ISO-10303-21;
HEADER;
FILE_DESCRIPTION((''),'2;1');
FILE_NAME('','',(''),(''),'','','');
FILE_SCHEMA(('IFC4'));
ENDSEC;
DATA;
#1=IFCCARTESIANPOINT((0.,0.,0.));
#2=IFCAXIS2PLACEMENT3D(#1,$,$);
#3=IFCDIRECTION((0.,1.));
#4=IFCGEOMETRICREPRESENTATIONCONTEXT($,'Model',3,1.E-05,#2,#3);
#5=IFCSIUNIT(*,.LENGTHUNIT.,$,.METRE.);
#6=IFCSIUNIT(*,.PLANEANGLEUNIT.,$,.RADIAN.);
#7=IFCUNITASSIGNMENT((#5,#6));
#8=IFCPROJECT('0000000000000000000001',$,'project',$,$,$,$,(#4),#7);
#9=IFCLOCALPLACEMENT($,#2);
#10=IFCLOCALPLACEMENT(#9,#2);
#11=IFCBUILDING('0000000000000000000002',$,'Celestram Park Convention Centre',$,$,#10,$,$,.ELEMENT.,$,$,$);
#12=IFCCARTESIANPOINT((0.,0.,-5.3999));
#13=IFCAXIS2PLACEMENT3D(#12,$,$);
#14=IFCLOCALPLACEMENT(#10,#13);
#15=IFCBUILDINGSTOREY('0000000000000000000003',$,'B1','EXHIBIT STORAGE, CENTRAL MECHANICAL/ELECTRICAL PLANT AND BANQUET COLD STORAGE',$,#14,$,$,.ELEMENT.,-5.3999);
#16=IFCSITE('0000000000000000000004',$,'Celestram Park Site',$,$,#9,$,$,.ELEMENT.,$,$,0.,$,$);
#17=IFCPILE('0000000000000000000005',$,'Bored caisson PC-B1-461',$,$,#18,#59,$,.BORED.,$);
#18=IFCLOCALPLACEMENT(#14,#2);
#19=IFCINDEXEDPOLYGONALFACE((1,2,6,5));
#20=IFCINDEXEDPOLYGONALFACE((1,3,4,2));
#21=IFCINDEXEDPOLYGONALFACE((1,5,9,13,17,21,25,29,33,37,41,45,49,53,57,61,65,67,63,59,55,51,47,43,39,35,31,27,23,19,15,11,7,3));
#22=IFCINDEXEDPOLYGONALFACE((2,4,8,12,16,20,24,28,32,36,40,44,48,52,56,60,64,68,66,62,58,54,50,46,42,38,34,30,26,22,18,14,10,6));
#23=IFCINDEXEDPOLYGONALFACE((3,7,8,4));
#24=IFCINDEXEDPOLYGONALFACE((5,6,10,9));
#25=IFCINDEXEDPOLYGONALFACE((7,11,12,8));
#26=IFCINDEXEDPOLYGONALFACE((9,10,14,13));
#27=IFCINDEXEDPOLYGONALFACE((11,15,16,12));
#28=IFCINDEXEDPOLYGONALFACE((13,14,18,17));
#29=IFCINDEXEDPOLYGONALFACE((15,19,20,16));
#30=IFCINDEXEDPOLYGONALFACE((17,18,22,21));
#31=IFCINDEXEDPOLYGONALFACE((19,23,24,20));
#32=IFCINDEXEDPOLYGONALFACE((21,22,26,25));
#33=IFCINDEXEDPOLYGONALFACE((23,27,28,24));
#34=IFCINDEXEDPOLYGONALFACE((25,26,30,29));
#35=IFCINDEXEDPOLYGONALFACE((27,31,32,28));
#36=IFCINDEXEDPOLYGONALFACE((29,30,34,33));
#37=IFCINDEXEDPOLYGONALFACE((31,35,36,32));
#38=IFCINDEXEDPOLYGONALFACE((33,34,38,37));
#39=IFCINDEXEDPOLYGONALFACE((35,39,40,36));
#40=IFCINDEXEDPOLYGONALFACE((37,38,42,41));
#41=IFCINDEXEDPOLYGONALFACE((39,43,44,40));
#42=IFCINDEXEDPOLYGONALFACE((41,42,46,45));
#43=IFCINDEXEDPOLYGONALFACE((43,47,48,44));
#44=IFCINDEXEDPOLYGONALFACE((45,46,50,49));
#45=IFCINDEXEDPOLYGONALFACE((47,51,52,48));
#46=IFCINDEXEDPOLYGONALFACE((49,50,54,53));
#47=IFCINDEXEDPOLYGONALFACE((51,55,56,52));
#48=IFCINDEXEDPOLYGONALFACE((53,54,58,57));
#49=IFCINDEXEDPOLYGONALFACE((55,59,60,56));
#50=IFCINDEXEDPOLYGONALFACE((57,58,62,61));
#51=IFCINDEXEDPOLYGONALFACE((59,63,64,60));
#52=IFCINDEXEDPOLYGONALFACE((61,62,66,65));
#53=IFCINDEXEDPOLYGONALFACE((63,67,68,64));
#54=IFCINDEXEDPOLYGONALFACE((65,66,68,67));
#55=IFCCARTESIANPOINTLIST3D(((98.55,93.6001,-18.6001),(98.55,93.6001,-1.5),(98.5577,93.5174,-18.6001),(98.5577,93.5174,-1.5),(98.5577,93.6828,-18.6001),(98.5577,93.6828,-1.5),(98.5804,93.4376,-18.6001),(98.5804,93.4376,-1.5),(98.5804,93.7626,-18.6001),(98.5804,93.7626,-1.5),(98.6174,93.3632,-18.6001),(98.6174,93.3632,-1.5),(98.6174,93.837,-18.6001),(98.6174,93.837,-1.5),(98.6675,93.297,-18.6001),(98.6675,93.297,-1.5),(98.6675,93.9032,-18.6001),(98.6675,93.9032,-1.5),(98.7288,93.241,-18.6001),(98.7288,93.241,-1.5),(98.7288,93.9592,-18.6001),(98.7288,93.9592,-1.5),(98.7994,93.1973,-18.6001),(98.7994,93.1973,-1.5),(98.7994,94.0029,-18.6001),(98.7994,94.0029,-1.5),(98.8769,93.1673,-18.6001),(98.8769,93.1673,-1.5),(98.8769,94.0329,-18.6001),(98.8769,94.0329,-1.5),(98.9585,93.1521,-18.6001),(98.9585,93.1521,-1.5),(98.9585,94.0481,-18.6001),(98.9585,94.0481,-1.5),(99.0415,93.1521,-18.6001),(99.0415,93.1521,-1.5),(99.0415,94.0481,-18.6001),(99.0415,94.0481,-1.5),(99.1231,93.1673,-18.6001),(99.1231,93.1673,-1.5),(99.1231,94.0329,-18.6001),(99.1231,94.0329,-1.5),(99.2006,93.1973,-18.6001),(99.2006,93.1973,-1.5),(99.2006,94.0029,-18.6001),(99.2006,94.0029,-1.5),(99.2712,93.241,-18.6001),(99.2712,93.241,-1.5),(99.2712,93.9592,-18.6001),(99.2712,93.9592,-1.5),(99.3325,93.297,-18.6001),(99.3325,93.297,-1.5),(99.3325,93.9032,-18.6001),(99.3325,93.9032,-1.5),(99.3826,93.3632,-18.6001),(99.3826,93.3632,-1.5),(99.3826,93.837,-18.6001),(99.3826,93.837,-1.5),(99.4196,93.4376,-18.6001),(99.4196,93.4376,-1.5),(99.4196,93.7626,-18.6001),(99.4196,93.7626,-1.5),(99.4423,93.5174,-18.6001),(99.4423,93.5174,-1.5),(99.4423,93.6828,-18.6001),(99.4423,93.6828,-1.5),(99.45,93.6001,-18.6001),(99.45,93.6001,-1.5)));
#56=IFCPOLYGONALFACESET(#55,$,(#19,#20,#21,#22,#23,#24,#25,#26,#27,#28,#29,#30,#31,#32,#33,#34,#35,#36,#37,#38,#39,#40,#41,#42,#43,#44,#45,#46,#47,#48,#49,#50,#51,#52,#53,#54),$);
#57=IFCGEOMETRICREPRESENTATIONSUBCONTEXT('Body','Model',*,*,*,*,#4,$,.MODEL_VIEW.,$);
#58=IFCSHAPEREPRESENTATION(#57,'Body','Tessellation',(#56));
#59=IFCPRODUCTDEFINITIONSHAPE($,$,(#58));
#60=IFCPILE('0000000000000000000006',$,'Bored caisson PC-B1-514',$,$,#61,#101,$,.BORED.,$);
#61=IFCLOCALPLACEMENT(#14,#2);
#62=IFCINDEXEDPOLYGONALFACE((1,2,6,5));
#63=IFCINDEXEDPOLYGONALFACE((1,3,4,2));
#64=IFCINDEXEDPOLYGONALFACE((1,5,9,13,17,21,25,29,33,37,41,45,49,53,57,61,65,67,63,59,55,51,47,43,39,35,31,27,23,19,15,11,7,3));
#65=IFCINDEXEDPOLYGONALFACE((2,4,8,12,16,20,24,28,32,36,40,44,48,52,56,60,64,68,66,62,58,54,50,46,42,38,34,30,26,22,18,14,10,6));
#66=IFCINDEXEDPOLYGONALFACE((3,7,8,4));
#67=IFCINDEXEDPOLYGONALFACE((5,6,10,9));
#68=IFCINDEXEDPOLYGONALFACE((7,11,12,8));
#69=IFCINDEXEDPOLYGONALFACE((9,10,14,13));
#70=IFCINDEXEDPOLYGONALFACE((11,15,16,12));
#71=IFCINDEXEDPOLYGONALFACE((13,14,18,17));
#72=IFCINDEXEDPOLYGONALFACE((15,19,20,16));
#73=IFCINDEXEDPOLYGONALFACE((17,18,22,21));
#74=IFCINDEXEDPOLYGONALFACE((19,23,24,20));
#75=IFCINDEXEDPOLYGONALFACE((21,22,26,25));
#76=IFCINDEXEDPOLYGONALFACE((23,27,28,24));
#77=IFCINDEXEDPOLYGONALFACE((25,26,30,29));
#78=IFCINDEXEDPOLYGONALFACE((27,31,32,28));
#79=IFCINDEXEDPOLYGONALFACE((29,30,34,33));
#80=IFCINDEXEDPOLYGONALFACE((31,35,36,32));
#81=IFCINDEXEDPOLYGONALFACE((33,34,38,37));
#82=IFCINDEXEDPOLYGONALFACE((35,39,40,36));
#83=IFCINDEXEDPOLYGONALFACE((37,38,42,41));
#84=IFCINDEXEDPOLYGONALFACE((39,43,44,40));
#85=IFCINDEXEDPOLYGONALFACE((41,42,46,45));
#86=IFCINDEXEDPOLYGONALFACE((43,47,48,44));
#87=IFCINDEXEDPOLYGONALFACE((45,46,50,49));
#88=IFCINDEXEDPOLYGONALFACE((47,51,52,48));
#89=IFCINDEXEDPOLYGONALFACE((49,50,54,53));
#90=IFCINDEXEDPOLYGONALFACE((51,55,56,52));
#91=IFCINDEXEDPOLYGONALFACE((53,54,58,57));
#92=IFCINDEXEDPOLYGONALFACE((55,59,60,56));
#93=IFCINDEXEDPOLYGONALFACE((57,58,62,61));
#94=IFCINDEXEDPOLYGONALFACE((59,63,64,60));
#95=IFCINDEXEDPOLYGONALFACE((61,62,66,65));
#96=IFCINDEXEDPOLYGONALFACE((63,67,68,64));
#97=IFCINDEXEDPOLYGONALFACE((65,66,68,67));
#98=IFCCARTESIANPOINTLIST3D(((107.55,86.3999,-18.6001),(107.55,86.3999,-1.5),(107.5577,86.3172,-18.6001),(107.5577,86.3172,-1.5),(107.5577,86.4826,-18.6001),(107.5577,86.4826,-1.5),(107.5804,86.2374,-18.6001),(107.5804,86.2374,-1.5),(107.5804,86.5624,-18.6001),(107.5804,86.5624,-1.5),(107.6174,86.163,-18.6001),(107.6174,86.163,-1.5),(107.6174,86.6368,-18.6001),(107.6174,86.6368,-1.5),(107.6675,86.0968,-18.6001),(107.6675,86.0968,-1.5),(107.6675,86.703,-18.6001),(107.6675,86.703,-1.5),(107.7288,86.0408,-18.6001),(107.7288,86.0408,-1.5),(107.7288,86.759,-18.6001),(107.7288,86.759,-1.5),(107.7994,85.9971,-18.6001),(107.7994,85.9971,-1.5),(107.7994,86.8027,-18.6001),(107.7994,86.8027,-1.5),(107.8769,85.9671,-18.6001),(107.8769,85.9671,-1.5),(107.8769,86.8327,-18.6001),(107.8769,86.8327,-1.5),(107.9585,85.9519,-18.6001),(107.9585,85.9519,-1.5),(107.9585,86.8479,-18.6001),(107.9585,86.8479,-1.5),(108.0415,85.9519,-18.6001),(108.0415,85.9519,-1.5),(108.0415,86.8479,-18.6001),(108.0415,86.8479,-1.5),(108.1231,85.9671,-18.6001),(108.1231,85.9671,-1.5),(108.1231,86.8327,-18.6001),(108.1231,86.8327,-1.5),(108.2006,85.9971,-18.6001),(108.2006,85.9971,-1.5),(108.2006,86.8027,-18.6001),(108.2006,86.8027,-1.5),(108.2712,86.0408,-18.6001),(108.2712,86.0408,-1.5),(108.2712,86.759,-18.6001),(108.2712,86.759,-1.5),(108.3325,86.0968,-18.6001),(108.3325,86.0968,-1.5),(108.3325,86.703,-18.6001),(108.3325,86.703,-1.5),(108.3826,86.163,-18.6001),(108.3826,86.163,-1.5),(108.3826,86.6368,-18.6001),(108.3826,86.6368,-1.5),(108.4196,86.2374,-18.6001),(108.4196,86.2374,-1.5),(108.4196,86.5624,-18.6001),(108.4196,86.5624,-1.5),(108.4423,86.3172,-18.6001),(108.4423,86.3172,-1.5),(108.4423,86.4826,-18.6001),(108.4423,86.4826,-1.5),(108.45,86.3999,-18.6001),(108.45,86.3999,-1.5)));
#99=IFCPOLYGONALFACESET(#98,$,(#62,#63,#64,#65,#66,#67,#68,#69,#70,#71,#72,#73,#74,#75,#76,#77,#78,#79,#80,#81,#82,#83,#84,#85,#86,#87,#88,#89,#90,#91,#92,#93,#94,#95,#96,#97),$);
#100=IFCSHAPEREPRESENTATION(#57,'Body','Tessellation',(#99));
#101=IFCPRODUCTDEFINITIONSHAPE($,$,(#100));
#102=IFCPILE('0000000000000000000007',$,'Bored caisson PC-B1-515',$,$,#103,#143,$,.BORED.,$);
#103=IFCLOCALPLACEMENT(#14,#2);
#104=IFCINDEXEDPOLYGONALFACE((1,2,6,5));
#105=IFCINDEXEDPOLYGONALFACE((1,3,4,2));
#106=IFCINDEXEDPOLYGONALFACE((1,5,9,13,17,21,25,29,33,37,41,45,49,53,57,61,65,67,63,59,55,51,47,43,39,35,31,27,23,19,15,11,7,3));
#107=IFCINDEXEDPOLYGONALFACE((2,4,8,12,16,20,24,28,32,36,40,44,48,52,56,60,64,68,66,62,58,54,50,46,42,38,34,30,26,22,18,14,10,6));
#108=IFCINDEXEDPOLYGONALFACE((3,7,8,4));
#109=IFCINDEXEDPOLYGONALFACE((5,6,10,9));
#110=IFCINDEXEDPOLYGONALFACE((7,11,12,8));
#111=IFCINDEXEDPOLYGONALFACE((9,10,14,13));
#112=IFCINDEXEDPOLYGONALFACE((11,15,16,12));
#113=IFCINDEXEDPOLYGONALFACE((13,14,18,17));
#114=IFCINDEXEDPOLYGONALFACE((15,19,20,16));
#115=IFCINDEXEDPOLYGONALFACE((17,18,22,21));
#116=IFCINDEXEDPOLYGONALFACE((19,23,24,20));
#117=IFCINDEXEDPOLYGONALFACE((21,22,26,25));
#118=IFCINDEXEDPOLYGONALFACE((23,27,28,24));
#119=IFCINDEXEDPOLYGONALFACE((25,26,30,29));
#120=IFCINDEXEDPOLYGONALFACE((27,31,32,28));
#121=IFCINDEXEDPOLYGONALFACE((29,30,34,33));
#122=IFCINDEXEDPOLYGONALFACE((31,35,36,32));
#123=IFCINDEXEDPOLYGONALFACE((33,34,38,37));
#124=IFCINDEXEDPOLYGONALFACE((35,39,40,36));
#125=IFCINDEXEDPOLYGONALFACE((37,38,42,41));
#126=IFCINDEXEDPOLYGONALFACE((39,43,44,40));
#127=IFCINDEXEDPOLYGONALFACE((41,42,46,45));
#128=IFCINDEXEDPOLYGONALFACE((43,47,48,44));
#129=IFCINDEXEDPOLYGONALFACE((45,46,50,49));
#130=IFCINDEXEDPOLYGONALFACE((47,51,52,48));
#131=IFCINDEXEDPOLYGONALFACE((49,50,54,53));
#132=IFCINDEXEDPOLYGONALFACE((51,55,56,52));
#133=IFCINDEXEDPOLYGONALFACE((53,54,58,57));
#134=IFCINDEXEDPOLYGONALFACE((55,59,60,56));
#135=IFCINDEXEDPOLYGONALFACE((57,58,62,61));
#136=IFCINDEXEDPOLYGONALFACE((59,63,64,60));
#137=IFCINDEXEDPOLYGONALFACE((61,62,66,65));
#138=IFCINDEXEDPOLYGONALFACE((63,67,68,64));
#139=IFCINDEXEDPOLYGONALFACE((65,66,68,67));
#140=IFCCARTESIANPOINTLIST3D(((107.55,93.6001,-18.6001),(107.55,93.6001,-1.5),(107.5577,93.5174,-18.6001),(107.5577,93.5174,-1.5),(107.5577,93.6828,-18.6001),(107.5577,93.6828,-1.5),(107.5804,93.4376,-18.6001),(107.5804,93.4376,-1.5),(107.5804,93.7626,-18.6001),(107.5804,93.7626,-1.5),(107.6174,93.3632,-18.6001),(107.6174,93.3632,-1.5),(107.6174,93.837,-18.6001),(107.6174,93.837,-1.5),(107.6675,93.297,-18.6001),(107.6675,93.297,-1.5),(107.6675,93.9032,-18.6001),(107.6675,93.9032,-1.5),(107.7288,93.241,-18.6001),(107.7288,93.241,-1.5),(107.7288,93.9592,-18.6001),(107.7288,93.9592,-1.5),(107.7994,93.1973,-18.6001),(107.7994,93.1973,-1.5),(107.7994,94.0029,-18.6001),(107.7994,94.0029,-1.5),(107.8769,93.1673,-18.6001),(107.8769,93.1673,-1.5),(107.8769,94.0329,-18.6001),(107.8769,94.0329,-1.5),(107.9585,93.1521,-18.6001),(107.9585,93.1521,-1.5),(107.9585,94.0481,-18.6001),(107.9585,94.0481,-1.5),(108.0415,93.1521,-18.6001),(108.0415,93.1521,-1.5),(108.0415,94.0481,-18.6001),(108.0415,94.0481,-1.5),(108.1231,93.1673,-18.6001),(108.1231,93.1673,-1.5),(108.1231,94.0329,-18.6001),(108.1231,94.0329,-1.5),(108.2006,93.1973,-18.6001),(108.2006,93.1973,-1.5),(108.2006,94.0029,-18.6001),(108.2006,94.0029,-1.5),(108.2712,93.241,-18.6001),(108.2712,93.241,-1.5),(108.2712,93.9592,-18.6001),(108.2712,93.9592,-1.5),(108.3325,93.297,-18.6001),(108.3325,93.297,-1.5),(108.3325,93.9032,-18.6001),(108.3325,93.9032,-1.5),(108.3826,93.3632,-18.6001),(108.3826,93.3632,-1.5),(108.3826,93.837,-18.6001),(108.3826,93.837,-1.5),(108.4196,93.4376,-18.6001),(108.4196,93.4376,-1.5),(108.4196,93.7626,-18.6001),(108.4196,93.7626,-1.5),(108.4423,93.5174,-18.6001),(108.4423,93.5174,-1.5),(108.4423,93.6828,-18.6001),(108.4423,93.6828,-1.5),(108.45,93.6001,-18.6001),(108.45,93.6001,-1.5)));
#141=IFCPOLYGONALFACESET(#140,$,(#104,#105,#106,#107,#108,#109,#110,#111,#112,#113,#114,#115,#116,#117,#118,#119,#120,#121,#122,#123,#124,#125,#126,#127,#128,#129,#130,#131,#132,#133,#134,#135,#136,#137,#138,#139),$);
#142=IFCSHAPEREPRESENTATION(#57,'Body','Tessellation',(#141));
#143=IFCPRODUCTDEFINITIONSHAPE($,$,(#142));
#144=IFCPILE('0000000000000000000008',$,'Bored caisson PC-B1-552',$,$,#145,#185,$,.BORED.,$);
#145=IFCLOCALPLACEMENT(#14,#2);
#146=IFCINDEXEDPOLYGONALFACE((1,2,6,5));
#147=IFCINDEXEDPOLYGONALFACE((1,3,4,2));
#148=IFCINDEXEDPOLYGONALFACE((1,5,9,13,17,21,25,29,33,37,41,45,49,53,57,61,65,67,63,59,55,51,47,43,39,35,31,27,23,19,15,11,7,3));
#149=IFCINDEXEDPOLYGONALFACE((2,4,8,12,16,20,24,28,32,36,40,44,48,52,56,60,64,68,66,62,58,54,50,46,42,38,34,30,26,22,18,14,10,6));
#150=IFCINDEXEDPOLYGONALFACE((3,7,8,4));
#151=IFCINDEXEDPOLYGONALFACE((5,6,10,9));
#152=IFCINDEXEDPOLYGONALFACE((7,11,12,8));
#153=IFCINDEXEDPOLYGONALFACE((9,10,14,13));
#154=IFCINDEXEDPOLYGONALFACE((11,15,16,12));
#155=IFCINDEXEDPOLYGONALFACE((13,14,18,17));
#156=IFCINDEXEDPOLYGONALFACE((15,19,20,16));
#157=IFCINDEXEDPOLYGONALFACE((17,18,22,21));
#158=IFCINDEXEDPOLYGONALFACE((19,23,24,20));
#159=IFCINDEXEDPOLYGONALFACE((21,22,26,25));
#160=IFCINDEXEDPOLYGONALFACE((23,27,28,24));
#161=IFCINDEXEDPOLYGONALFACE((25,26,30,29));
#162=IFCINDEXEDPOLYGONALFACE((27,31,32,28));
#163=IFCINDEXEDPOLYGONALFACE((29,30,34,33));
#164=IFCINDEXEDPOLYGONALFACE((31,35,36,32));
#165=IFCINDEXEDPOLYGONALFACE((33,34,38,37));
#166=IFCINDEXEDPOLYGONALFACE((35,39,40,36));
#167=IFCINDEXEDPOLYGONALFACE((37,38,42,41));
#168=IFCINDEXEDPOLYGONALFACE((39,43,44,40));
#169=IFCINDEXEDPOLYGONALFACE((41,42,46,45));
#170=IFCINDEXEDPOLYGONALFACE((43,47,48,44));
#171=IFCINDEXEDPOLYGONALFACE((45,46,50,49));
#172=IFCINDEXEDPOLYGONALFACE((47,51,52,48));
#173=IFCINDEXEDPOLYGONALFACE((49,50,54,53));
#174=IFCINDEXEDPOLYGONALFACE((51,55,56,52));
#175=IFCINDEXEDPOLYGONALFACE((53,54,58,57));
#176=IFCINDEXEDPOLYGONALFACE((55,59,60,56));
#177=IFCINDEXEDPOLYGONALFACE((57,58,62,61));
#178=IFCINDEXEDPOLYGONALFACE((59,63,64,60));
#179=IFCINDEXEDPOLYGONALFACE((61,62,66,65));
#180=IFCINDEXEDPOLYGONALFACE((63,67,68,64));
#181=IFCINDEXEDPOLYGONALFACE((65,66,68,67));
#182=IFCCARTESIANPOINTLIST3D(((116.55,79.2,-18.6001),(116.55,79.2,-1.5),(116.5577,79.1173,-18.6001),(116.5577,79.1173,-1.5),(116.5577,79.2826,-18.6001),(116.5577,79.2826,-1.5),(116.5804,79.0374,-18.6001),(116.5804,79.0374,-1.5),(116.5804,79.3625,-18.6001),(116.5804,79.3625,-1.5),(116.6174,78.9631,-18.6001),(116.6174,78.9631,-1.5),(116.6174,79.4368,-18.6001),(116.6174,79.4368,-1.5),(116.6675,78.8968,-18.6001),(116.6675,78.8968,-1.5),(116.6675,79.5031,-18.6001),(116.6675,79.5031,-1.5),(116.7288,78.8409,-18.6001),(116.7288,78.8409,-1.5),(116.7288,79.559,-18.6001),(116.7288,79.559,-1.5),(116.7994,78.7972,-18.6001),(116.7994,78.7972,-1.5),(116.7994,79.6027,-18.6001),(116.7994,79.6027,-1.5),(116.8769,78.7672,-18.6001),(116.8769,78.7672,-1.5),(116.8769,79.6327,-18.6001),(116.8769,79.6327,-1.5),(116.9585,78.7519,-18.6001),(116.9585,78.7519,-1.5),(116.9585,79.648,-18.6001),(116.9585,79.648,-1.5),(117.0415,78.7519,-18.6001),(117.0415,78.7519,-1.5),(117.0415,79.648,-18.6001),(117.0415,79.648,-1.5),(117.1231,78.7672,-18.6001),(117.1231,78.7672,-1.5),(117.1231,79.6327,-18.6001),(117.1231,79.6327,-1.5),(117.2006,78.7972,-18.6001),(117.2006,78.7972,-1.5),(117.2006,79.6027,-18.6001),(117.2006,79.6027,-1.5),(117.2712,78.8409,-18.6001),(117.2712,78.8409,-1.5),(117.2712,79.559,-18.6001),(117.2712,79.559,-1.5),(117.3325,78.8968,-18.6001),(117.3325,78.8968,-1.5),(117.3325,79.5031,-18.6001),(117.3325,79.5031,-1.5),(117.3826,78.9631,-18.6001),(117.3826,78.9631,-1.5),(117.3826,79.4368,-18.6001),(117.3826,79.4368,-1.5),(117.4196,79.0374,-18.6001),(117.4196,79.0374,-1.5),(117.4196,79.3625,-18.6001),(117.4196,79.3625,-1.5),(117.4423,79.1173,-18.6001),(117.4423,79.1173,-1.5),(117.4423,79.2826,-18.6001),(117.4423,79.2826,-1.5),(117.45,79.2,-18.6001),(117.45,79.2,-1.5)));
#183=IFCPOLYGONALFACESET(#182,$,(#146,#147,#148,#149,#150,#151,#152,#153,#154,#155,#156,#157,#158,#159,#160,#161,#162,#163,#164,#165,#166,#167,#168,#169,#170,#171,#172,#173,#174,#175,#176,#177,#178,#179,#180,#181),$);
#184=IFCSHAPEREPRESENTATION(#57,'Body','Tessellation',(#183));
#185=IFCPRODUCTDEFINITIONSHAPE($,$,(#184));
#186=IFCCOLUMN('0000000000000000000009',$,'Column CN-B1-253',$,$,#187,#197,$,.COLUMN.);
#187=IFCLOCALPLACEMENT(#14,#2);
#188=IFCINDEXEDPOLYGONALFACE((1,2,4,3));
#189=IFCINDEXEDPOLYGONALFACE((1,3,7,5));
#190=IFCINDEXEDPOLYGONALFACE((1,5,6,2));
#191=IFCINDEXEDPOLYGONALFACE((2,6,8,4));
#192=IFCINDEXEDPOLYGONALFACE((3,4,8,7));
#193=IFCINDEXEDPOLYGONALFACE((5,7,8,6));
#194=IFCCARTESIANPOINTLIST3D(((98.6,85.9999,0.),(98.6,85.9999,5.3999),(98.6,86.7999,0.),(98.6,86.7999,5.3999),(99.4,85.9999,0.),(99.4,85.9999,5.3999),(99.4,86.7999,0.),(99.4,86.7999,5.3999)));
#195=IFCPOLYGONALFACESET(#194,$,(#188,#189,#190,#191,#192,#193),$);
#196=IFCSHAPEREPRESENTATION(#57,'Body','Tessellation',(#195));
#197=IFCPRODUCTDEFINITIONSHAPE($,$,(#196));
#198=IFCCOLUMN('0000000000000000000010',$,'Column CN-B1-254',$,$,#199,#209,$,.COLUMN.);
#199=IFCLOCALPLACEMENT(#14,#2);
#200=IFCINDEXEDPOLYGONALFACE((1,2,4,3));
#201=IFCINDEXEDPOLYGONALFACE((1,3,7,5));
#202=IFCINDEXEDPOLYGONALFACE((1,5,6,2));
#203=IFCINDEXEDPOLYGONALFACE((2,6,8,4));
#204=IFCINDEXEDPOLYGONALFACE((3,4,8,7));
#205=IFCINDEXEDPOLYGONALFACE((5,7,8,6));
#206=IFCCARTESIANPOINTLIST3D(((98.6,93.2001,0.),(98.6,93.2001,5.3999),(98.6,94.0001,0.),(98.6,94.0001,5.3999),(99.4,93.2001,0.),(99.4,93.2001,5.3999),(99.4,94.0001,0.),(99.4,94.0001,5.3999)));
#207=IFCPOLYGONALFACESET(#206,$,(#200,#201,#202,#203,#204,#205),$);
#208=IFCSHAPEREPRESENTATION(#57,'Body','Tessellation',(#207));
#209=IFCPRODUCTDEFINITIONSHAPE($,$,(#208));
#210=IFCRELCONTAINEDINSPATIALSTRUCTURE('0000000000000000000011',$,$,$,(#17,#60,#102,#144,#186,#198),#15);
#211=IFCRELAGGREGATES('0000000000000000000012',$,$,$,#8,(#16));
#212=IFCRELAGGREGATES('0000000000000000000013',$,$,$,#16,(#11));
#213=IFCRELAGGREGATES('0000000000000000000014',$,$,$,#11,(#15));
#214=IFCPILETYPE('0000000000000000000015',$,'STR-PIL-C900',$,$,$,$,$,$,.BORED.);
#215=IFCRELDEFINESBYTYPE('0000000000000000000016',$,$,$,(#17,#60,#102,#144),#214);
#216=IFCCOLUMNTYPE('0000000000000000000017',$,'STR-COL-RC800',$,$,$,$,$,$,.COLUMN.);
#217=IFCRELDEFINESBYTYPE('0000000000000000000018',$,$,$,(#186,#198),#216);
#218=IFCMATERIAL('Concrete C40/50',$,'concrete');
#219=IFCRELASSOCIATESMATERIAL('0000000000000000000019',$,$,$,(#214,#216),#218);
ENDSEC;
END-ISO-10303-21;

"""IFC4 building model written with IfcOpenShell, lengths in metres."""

from ifc_helpers import new_model, si_unit, direction, frame, origin, origin_2d, place, context, subcontext, project, spatial, rectangle, circle, extrude, material, material_profile, profile_set, type_object, element, save


model = new_model("IFC4")

# Units and contexts
model_context = context("Model", 3, precision=1e-05, world=origin(), true_north=direction((0.0, 1.0)))
body_context = subcontext(model_context, "Body", "Model", "MODEL_VIEW")
ifc_project = project(units=[si_unit("LENGTHUNIT", "METRE"), si_unit("PLANEANGLEUNIT", "RADIAN")], contexts=[model_context])

# Site, building, storey
site_placement = place(None, origin())
site = spatial("IfcSite", under=ifc_project, at=site_placement, Name="Celestram Park Site", CompositionType="ELEMENT", RefElevation=0.0)
building_placement = place(site_placement, origin())
building = spatial("IfcBuilding", under=site, at=building_placement, Name="Celestram Park Convention Centre", CompositionType="ELEMENT")
storey_placement = place(building_placement, frame((0.0, 0.0, -5.3999)))
storey = spatial("IfcBuildingStorey", under=building, at=storey_placement, Name="B1", Description="EXHIBIT STORAGE, CENTRAL MECHANICAL/ELECTRICAL PLANT AND BANQUET COLD STORAGE", CompositionType="ELEMENT", Elevation=-5.3999)

# Shared definitions
ifc_material_1 = material(Name="Concrete C40/50", Category="concrete")

# Piles
ifc_material_profile_1 = material_profile(ifc_material_1, circle(Radius=0.45, at=origin_2d()), Name="CAISSON900")
ifc_profile_set_1 = profile_set([ifc_material_profile_1], Name="Concrete C40/50")
pile_type = type_object("IfcPileType", Name="STR-PIL-C900", PredefinedType="BORED", material=ifc_profile_set_1)
for number, where, z_axis, x_axis, name in (
    (1, (99.0, 93.6001, -1.5), (0.0, 0.0, -1.0), (1.0, 0.0, 0.0), "Bored caisson PC-B1-461"),
    (2, (108.0, 86.3999, -1.5), (0.0, 0.0, -1.0), (1.0, 0.0, 0.0), "Bored caisson PC-B1-514"),
    (3, (108.0, 93.6001, -1.5), (0.0, 0.0, -1.0), (1.0, 0.0, 0.0), "Bored caisson PC-B1-515"),
    (4, (117.0, 79.2, -1.5), (0.0, 0.0, -1.0), (1.0, 0.0, 0.0), "Bored caisson PC-B1-552"),
):
    element("IfcPile", number, at=place(storey_placement, frame(where, z_axis=z_axis, x_axis=x_axis)), inside=storey, type_object=pile_type, Name=name, PredefinedType="BORED", context=body_context, shape_type="SweptSolid", body=[
        extrude(circle(Radius=0.45, at=origin_2d()), origin(), (0.0, 0.0, 1.0), 17.1001),
    ])

# Columns
ifc_material_profile_2 = material_profile(ifc_material_1, rectangle(XDim=0.8, YDim=0.8, at=origin_2d()), Name="RC800X800")
ifc_profile_set_2 = profile_set([ifc_material_profile_2], Name="Concrete C40/50")
column_type = type_object("IfcColumnType", Name="STR-COL-RC800", PredefinedType="COLUMN", material=ifc_profile_set_2)
for number, where, z_axis, x_axis, name in (
    (5, (99.0, 86.3999, 0.0), (0.0, 0.0, 1.0), (1.0, 0.0, 0.0), "Column CN-B1-253"),
    (6, (99.0, 93.6001, 0.0), (0.0, 0.0, 1.0), (1.0, 0.0, 0.0), "Column CN-B1-254"),
):
    element("IfcColumn", number, at=place(storey_placement, frame(where, z_axis=z_axis, x_axis=x_axis)), inside=storey, type_object=column_type, Name=name, PredefinedType="COLUMN", context=body_context, shape_type="SweptSolid", body=[
        extrude(rectangle(XDim=0.8, YDim=0.8, at=origin_2d()), origin(), (0.0, 0.0, 1.0), 5.3999),
    ])

save(model, "model.ifc")
